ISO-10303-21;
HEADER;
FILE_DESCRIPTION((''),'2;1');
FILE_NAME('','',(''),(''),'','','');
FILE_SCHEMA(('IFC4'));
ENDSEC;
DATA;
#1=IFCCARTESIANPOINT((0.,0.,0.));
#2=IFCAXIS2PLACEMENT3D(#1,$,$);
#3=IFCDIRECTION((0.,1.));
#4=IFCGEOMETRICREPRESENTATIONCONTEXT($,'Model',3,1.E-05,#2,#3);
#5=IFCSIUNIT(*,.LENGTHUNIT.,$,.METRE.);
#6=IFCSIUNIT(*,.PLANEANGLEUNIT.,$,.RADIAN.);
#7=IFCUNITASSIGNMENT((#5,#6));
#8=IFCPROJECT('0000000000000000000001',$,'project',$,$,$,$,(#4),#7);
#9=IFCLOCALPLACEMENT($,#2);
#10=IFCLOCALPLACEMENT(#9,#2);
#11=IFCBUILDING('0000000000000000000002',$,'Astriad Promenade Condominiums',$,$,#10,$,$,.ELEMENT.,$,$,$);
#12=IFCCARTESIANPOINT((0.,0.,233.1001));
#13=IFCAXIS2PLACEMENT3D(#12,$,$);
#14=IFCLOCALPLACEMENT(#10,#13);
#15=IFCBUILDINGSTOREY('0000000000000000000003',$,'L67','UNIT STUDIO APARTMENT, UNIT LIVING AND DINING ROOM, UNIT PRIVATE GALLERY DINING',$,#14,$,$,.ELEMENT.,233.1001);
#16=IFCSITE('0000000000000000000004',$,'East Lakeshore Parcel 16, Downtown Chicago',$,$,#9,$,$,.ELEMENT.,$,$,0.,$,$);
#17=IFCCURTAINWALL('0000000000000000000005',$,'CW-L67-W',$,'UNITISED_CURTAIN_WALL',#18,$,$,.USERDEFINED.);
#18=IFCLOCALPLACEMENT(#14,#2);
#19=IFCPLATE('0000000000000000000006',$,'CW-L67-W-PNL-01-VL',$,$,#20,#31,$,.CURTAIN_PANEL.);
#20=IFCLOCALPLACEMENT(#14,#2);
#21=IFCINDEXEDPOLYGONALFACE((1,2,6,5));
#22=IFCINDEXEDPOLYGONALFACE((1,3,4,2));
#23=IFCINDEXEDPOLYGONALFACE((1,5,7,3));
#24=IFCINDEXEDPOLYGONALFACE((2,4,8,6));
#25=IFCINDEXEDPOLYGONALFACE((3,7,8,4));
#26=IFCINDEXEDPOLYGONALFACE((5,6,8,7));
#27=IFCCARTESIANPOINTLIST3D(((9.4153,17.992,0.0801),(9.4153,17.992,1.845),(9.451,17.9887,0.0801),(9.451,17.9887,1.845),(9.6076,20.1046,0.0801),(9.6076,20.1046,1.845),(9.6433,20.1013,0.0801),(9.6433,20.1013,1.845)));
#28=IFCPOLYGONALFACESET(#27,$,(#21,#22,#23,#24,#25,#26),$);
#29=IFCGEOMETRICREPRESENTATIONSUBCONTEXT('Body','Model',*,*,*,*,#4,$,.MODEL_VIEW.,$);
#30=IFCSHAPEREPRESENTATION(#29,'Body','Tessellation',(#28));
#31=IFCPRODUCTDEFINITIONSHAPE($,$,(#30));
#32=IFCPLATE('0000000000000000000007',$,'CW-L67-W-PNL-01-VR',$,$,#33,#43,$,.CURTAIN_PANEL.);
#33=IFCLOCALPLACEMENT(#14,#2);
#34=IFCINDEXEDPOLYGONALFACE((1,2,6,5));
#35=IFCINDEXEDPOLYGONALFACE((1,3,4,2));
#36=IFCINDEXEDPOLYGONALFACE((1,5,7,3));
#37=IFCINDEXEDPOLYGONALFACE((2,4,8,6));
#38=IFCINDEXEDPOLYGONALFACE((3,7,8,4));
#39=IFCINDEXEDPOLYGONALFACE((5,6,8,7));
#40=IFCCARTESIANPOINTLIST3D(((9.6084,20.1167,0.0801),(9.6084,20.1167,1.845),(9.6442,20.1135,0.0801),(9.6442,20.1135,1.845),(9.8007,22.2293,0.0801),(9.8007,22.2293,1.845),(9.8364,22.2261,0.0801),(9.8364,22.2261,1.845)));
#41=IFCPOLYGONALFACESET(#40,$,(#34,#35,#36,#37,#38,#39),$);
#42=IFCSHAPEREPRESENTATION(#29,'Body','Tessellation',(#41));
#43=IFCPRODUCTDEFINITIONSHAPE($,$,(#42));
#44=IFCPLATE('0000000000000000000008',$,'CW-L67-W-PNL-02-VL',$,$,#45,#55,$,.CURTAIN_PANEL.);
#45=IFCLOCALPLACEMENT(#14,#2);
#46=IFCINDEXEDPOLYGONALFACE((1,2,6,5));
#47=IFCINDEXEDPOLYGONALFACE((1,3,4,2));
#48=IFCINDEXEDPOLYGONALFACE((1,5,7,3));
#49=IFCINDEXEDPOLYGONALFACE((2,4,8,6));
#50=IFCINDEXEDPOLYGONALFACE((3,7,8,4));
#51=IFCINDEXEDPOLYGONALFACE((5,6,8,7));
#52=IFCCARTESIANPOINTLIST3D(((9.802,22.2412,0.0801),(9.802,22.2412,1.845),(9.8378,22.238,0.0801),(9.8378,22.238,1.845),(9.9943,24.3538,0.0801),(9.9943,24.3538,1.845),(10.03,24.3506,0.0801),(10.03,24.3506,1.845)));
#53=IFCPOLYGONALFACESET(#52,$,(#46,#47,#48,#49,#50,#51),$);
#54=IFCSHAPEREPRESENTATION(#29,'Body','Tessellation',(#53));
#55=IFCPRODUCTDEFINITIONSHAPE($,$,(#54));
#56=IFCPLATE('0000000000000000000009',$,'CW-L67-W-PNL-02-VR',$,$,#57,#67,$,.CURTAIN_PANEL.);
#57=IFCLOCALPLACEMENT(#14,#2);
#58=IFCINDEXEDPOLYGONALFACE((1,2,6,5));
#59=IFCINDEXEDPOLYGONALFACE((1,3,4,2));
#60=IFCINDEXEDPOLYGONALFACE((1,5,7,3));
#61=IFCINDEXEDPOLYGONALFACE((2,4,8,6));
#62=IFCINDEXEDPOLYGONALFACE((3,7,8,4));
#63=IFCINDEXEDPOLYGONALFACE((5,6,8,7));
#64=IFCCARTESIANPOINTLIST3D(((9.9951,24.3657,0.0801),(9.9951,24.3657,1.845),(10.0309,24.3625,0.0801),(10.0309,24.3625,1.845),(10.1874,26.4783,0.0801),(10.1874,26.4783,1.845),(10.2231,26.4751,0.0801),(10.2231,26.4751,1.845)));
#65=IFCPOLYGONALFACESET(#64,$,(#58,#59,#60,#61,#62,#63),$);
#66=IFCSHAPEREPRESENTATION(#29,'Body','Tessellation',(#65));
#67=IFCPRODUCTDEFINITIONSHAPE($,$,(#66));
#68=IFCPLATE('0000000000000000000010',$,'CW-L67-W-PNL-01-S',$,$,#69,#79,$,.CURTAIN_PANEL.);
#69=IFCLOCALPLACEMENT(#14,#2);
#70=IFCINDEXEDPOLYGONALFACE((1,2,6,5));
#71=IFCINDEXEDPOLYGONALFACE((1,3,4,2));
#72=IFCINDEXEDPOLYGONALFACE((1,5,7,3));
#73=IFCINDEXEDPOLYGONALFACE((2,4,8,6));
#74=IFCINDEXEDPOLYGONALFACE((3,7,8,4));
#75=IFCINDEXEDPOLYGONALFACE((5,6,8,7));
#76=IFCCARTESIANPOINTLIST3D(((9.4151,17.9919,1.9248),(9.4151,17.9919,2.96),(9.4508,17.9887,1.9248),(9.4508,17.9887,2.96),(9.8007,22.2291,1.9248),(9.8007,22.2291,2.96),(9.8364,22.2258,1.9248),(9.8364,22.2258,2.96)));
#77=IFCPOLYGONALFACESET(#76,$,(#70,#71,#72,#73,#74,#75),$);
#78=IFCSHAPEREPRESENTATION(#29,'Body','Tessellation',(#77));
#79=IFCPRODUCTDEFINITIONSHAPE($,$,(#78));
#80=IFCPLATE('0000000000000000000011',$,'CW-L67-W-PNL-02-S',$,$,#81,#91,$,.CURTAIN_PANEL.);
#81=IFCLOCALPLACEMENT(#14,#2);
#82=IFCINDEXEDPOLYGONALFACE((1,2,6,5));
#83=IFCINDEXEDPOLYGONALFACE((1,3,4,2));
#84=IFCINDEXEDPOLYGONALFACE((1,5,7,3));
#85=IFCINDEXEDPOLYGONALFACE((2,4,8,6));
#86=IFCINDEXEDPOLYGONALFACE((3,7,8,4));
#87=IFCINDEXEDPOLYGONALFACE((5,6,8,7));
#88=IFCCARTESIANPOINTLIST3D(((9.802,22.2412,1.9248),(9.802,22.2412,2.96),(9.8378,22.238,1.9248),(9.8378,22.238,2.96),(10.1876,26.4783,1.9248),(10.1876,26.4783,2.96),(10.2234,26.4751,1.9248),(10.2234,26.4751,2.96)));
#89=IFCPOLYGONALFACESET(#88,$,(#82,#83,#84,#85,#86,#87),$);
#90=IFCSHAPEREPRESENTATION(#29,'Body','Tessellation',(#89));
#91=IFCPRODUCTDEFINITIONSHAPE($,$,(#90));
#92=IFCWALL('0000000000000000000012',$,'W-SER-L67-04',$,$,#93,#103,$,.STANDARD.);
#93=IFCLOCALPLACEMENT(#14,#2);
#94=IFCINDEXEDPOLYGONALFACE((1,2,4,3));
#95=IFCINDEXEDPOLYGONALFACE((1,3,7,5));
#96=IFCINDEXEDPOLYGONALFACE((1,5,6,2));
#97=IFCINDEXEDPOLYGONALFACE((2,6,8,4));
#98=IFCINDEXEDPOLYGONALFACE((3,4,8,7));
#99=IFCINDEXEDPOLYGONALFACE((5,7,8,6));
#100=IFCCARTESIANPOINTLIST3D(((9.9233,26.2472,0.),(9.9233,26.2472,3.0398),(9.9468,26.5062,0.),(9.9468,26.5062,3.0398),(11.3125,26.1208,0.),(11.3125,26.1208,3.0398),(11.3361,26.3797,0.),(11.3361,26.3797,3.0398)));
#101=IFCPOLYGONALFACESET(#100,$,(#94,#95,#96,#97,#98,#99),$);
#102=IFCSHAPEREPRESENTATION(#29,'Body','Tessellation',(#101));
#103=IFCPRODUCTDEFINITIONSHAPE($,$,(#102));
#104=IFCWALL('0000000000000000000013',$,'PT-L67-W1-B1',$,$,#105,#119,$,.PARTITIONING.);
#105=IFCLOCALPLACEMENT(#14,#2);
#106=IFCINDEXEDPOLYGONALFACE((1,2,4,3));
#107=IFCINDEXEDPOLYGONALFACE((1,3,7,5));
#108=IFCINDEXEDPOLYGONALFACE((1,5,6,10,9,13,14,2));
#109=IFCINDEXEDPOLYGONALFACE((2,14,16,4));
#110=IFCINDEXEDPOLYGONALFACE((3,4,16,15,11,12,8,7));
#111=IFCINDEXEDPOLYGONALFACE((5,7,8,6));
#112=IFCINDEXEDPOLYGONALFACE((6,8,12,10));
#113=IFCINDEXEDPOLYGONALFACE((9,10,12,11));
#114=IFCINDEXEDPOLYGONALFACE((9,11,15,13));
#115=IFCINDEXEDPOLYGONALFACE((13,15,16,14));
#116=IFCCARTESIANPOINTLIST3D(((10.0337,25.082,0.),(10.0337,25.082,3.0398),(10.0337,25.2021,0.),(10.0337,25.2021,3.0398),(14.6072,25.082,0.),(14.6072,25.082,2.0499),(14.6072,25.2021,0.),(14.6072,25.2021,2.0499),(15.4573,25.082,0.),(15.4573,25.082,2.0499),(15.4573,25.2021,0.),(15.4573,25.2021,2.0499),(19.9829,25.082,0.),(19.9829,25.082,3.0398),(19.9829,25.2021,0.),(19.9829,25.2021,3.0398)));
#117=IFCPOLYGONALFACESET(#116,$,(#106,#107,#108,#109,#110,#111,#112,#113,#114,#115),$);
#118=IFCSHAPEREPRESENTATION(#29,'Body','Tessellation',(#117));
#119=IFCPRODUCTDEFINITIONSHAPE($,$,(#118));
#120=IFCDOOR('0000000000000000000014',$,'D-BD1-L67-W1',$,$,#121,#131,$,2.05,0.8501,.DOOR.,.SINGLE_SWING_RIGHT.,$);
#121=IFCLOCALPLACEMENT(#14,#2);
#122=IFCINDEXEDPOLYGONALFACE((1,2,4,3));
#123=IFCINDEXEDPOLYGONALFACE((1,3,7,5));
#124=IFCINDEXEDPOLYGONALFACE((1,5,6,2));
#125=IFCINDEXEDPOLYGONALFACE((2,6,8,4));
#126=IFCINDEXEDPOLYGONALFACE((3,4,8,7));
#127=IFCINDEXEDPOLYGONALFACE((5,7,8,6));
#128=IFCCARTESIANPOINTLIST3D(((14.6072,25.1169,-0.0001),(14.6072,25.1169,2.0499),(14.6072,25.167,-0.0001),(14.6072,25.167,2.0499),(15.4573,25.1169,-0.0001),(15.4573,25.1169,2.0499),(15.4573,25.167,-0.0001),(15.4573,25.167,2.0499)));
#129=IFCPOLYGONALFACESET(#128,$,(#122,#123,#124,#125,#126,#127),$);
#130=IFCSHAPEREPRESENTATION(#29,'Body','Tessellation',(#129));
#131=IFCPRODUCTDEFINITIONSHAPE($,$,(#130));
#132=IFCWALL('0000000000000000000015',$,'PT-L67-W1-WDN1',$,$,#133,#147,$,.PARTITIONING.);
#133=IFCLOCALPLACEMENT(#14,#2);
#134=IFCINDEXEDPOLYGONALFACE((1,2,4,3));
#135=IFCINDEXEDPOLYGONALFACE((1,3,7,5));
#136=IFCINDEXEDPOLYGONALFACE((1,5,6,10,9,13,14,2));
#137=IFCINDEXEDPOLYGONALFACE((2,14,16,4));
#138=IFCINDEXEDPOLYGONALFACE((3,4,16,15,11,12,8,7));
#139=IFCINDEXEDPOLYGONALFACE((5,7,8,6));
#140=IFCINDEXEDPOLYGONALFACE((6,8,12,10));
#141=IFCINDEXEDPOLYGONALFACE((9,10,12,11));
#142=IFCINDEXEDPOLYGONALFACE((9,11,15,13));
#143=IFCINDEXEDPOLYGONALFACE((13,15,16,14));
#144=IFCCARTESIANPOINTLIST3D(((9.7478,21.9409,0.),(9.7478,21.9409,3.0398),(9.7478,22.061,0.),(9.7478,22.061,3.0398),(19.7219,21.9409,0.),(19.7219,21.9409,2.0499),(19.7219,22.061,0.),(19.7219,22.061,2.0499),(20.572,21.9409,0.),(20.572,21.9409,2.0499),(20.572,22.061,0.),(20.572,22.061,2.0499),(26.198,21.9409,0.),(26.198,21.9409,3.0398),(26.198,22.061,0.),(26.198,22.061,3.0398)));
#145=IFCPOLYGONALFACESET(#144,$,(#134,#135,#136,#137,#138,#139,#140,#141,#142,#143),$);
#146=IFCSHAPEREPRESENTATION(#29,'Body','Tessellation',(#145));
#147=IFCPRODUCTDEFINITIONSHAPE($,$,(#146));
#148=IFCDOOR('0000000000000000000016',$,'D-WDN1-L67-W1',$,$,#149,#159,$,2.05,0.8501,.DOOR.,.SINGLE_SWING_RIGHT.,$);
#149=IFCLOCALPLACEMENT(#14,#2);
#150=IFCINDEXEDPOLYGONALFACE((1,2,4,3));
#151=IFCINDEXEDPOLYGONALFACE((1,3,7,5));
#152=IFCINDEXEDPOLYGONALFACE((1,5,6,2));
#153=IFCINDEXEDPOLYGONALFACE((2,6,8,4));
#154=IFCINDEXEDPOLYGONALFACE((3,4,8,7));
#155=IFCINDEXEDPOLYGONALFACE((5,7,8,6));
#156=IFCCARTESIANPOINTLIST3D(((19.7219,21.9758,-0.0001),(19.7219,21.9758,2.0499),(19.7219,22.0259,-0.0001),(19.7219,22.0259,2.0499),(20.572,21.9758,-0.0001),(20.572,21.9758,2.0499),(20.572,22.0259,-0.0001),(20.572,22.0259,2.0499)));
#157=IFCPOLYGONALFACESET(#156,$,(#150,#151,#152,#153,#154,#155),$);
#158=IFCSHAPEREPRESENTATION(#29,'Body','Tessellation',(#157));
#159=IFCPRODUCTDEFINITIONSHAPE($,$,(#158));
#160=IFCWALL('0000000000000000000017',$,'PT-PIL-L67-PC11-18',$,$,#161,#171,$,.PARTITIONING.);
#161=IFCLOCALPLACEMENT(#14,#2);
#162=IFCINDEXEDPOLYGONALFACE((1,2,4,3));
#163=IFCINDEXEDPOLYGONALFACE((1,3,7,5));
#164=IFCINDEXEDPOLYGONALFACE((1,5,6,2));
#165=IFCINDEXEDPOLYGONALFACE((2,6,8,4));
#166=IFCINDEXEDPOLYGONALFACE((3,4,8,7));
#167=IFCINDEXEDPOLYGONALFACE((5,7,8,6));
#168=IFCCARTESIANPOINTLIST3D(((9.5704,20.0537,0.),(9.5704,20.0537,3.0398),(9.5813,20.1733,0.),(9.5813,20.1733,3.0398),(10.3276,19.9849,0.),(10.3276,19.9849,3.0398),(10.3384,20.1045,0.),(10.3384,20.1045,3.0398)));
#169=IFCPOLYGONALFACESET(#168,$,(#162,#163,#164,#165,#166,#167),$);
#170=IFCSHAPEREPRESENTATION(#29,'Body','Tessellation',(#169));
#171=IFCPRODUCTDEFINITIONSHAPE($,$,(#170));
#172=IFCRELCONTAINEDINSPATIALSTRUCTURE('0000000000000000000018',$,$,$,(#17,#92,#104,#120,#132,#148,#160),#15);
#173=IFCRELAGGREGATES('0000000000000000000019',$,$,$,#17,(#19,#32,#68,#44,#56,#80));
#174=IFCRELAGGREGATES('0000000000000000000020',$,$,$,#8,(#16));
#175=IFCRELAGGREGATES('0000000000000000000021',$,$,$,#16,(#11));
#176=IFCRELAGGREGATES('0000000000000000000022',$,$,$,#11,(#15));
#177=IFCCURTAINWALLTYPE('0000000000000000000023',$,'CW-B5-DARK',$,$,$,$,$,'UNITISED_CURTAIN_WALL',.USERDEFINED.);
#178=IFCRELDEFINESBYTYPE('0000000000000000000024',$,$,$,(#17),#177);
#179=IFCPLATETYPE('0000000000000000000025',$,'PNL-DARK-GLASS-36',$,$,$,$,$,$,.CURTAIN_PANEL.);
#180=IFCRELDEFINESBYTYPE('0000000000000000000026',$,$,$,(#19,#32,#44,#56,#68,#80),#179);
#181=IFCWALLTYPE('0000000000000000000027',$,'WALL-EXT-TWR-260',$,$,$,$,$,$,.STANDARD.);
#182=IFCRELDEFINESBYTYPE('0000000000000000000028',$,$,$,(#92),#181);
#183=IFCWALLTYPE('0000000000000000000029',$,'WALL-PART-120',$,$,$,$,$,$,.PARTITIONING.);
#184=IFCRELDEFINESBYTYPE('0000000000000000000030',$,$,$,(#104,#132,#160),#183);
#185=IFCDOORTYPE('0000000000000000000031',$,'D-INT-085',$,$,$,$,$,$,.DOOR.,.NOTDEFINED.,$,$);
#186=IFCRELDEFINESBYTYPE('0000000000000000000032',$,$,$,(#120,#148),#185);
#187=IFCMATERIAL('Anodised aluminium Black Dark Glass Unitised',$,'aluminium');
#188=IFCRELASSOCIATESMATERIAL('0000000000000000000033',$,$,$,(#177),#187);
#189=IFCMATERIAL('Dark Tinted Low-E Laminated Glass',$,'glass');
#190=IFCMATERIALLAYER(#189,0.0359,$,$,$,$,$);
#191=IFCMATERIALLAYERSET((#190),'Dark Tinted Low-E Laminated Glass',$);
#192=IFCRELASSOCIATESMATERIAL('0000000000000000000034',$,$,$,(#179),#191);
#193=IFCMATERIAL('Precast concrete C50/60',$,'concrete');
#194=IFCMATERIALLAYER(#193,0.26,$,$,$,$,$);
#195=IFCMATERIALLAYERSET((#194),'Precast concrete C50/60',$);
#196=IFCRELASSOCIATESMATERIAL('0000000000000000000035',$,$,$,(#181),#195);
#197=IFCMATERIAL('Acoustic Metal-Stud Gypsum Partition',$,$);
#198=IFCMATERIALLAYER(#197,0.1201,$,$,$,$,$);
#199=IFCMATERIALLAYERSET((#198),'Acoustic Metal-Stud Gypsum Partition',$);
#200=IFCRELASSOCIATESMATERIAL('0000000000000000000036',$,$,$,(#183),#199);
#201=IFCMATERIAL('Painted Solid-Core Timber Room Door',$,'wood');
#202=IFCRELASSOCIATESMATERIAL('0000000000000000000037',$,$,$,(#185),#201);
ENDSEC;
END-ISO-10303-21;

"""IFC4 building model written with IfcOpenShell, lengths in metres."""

from ifc_helpers import new_model, si_unit, direction, frame, frame_2d, origin, origin_2d, place, context, subcontext, project, spatial, rectangle, extrude, source, transform, mapped, material, layer, layer_set, type_object, type_shapes, element, fill, aggregate, save


model = new_model("IFC4")

# Units and contexts
model_context = context("Model", 3, precision=1e-05, world=origin(), true_north=direction((0.0, 1.0)))
body_context = subcontext(model_context, "Body", "Model", "MODEL_VIEW")
ifc_project = project(units=[si_unit("LENGTHUNIT", "METRE"), si_unit("PLANEANGLEUNIT", "RADIAN")], contexts=[model_context])

# Site, building, storey
site_placement = place(None, origin())
site = spatial("IfcSite", under=ifc_project, at=site_placement, Name="East Lakeshore Parcel 16, Downtown Chicago", CompositionType="ELEMENT", RefElevation=0.0)
building_placement = place(site_placement, origin())
building = spatial("IfcBuilding", under=site, at=building_placement, Name="Astriad Promenade Condominiums", CompositionType="ELEMENT")
storey_placement = place(building_placement, frame((0.0, 0.0, 233.1001)))
storey = spatial("IfcBuildingStorey", under=building, at=storey_placement, Name="L67", Description="UNIT STUDIO APARTMENT, UNIT LIVING AND DINING ROOM, UNIT PRIVATE GALLERY DINING", CompositionType="ELEMENT", Elevation=233.1001)

# Curtain wall, plates
ifc_material_1 = material(Name="Anodised aluminium Black Dark Glass Unitised", Category="aluminium")
curtain_wall_type = type_object("IfcCurtainWallType", Name="CW-B5-DARK", ElementType="UNITISED_CURTAIN_WALL", PredefinedType="USERDEFINED", material=ifc_material_1)
curtain_wall_placement = place(storey_placement, origin())
curtain_wall = element("IfcCurtainWall", 1, at=curtain_wall_placement, inside=storey, type_object=curtain_wall_type, Name="CW-L67-W", ObjectType="UNITISED_CURTAIN_WALL", PredefinedType="USERDEFINED")
ifc_material_2 = material(Name="Dark Tinted Low-E Laminated Glass", Category="glass")
ifc_layer_1 = layer(ifc_material_2, 0.0359)
ifc_layer_set_1 = layer_set([ifc_layer_1], Name="Dark Tinted Low-E Laminated Glass")
plate_type = type_object("IfcPlateType", Name="PNL-DARK-GLASS-36", PredefinedType="CURTAIN_PANEL", material=ifc_layer_set_1)
shared_shape_1 = source(origin(), body_context, "Body", "SweptSolid", [
    extrude(rectangle(XDim=2.1213, YDim=0.0359, at=origin_2d()), origin(), (0.0, 0.0, 1.0), 1.7649),
])
plate_1_placement = place(storey_placement, frame((9.5293, 19.0466, 0.0801), z_axis=(0.0, 0.0, 1.0), x_axis=(0.090633, 0.995884, 0.0)))
plate_1 = element("IfcPlate", 2, at=plate_1_placement, type_object=plate_type, Name="CW-L67-W-PNL-01-VL", PredefinedType="CURTAIN_PANEL", context=body_context, shape_type="MappedRepresentation", body=[
    mapped(shared_shape_1, transform((0.0, 0.0, 0.0), scale=1.0)),
])
plate_2_placement = place(storey_placement, frame((9.7224, 21.1714, 0.0801), z_axis=(0.0, 0.0, 1.0), x_axis=(0.090633, 0.995884, 0.0)))
plate_2 = element("IfcPlate", 3, at=plate_2_placement, type_object=plate_type, Name="CW-L67-W-PNL-01-VR", PredefinedType="CURTAIN_PANEL", context=body_context, shape_type="MappedRepresentation", body=[
    mapped(shared_shape_1, transform((0.0, 0.0, 0.0), scale=1.0)),
])
plate_3_placement = place(storey_placement, frame((9.916, 23.2959, 0.0801), z_axis=(0.0, 0.0, 1.0), x_axis=(0.090633, 0.995884, 0.0)))
plate_3 = element("IfcPlate", 4, at=plate_3_placement, type_object=plate_type, Name="CW-L67-W-PNL-02-VL", PredefinedType="CURTAIN_PANEL", context=body_context, shape_type="MappedRepresentation", body=[
    mapped(shared_shape_1, transform((0.0, 0.0, 0.0), scale=1.0)),
])
plate_4_placement = place(storey_placement, frame((10.1091, 25.4204, 0.0801), z_axis=(0.0, 0.0, 1.0), x_axis=(0.090633, 0.995884, 0.0)))
plate_4 = element("IfcPlate", 5, at=plate_4_placement, type_object=plate_type, Name="CW-L67-W-PNL-02-VR", PredefinedType="CURTAIN_PANEL", context=body_context, shape_type="MappedRepresentation", body=[
    mapped(shared_shape_1, transform((0.0, 0.0, 0.0), scale=1.0)),
])
shared_shape_2 = source(origin(), body_context, "Body", "SweptSolid", [
    extrude(rectangle(XDim=4.2546, YDim=0.0359, at=origin_2d()), origin(), (0.0, 0.0, 1.0), 1.0352),
])
type_shapes(plate_type, [shared_shape_1, shared_shape_2])
plate_5_placement = place(storey_placement, frame((9.6257, 20.1089, 1.9248), z_axis=(0.0, 0.0, 1.0), x_axis=(0.090633, 0.995884, 0.0)))
plate_5 = element("IfcPlate", 6, at=plate_5_placement, type_object=plate_type, Name="CW-L67-W-PNL-01-S", PredefinedType="CURTAIN_PANEL", context=body_context, shape_type="MappedRepresentation", body=[
    mapped(shared_shape_2, transform((0.0, 0.0, 0.0), scale=1.0)),
])
plate_6_placement = place(storey_placement, frame((10.0127, 24.3582, 1.9248), z_axis=(0.0, 0.0, 1.0), x_axis=(0.090633, 0.995884, 0.0)))
plate_6 = element("IfcPlate", 7, at=plate_6_placement, type_object=plate_type, Name="CW-L67-W-PNL-02-S", PredefinedType="CURTAIN_PANEL", context=body_context, shape_type="MappedRepresentation", body=[
    mapped(shared_shape_2, transform((0.0, 0.0, 0.0), scale=1.0)),
])
aggregate(curtain_wall, [plate_1, plate_2, plate_5, plate_3, plate_4, plate_6])

# Wall
ifc_material_3 = material(Name="Precast concrete C50/60", Category="concrete")
ifc_layer_2 = layer(ifc_material_3, 0.26)
ifc_layer_set_2 = layer_set([ifc_layer_2], Name="Precast concrete C50/60")
wall_type_1 = type_object("IfcWallType", Name="WALL-EXT-TWR-260", PredefinedType="STANDARD", material=ifc_layer_set_2)
wall_1_placement = place(storey_placement, frame((9.9351, 26.3767, 0.0), z_axis=(0.0, 0.0, 1.0), x_axis=(0.995882, -0.090662, 0.0)))
element("IfcWall", 8, at=wall_1_placement, inside=storey, type_object=wall_type_1, Name="W-SER-L67-04", PredefinedType="STANDARD", context=body_context, shape_type="SweptSolid", body=[
    extrude(rectangle(XDim=1.395, YDim=0.26, at=frame_2d((0.6975, 0.0))), origin(), (0.0, 0.0, 1.0), 3.0398),
])

# Walls, openings, doors
ifc_material_4 = material(Name="Acoustic Metal-Stud Gypsum Partition")
ifc_layer_3 = layer(ifc_material_4, 0.1201)
ifc_layer_set_3 = layer_set([ifc_layer_3], Name="Acoustic Metal-Stud Gypsum Partition")
wall_type_2 = type_object("IfcWallType", Name="WALL-PART-120", PredefinedType="PARTITIONING", material=ifc_layer_set_3)
wall_2_placement = place(storey_placement, frame((10.0337, 25.1421, 0.0), z_axis=(0.0, 0.0, 1.0), x_axis=(1.0, 0.0, 0.0)))
wall_2 = element("IfcWall", 9, at=wall_2_placement, inside=storey, type_object=wall_type_2, Name="PT-L67-W1-B1", PredefinedType="PARTITIONING", context=body_context, shape_type="SweptSolid", body=[
    extrude(rectangle(XDim=9.9492, YDim=0.1201, at=frame_2d((4.9746, 0.0))), origin(), (0.0, 0.0, 1.0), 3.0398),
])
opening_1_placement = place(wall_2_placement, frame((4.5735, 0.0, 0.0)))
opening_1 = element("IfcOpeningElement", 10, at=opening_1_placement, cuts=wall_2, PredefinedType="OPENING", context=body_context, shape_type="SweptSolid", body=[
    extrude(rectangle(XDim=0.8501, YDim=2.05, at=frame_2d((0.425, 1.0249))), frame((0.0, 0.0701, 0.0), z_axis=(0.0, -1.0, 0.0), x_axis=(1.0, 0.0, 0.0)), (0.0, 0.0, 1.0), 0.1401),
])
ifc_material_5 = material(Name="Painted Solid-Core Timber Room Door", Category="wood")
door_type = type_object("IfcDoorType", Name="D-INT-085", OperationType="NOTDEFINED", PredefinedType="DOOR", material=ifc_material_5)
shared_shape_3 = source(origin(), body_context, "Body", "SweptSolid", [
    extrude(rectangle(XDim=0.8501, YDim=2.05, at=frame_2d((0.425, 1.0249))), frame((0.0, 0.0249, 0.0), z_axis=(0.0, -1.0, 0.0), x_axis=(1.0, 0.0, 0.0)), (0.0, 0.0, 1.0), 0.05),
])
type_shapes(door_type, [shared_shape_3])
door_1_placement = place(opening_1_placement, origin())
door_1 = element("IfcDoor", 11, at=door_1_placement, inside=storey, type_object=door_type, Name="D-BD1-L67-W1", OperationType="SINGLE_SWING_RIGHT", OverallHeight=2.05, OverallWidth=0.8501, PredefinedType="DOOR", context=body_context, shape_type="MappedRepresentation", body=[
    mapped(shared_shape_3, transform((0.0, 0.0, 0.0), scale=1.0)),
])
fill(opening_1, door_1)
wall_3_placement = place(storey_placement, frame((9.7478, 22.001, 0.0), z_axis=(0.0, 0.0, 1.0), x_axis=(1.0, 0.0, 0.0)))
wall_3 = element("IfcWall", 12, at=wall_3_placement, inside=storey, type_object=wall_type_2, Name="PT-L67-W1-WDN1", PredefinedType="PARTITIONING", context=body_context, shape_type="SweptSolid", body=[
    extrude(rectangle(XDim=16.4502, YDim=0.1201, at=frame_2d((8.2251, 0.0))), origin(), (0.0, 0.0, 1.0), 3.0398),
])
opening_2_placement = place(wall_3_placement, frame((9.9741, 0.0, 0.0)))
opening_2 = element("IfcOpeningElement", 13, at=opening_2_placement, cuts=wall_3, PredefinedType="OPENING", context=body_context, shape_type="SweptSolid", body=[
    extrude(rectangle(XDim=0.8501, YDim=2.05, at=frame_2d((0.425, 1.0249))), frame((0.0, 0.0701, 0.0), z_axis=(0.0, -1.0, 0.0), x_axis=(1.0, 0.0, 0.0)), (0.0, 0.0, 1.0), 0.1401),
])
door_2_placement = place(opening_2_placement, origin())
door_2 = element("IfcDoor", 14, at=door_2_placement, inside=storey, type_object=door_type, Name="D-WDN1-L67-W1", OperationType="SINGLE_SWING_RIGHT", OverallHeight=2.05, OverallWidth=0.8501, PredefinedType="DOOR", context=body_context, shape_type="MappedRepresentation", body=[
    mapped(shared_shape_3, transform((0.0, 0.0, 0.0), scale=1.0)),
])
fill(opening_2, door_2)

# Wall
wall_4_placement = place(storey_placement, frame((10.333, 20.0447, 0.0), z_axis=(0.0, 0.0, 1.0), x_axis=(-0.995891, 0.090565, 0.0)))
element("IfcWall", 15, at=wall_4_placement, inside=storey, type_object=wall_type_2, Name="PT-PIL-L67-PC11-18", PredefinedType="PARTITIONING", context=body_context, shape_type="SweptSolid", body=[
    extrude(rectangle(XDim=0.7603, YDim=0.1201, at=frame_2d((0.3801, 0.0))), origin(), (0.0, 0.0, 1.0), 3.0398),
])

save(model, "model.ifc")
